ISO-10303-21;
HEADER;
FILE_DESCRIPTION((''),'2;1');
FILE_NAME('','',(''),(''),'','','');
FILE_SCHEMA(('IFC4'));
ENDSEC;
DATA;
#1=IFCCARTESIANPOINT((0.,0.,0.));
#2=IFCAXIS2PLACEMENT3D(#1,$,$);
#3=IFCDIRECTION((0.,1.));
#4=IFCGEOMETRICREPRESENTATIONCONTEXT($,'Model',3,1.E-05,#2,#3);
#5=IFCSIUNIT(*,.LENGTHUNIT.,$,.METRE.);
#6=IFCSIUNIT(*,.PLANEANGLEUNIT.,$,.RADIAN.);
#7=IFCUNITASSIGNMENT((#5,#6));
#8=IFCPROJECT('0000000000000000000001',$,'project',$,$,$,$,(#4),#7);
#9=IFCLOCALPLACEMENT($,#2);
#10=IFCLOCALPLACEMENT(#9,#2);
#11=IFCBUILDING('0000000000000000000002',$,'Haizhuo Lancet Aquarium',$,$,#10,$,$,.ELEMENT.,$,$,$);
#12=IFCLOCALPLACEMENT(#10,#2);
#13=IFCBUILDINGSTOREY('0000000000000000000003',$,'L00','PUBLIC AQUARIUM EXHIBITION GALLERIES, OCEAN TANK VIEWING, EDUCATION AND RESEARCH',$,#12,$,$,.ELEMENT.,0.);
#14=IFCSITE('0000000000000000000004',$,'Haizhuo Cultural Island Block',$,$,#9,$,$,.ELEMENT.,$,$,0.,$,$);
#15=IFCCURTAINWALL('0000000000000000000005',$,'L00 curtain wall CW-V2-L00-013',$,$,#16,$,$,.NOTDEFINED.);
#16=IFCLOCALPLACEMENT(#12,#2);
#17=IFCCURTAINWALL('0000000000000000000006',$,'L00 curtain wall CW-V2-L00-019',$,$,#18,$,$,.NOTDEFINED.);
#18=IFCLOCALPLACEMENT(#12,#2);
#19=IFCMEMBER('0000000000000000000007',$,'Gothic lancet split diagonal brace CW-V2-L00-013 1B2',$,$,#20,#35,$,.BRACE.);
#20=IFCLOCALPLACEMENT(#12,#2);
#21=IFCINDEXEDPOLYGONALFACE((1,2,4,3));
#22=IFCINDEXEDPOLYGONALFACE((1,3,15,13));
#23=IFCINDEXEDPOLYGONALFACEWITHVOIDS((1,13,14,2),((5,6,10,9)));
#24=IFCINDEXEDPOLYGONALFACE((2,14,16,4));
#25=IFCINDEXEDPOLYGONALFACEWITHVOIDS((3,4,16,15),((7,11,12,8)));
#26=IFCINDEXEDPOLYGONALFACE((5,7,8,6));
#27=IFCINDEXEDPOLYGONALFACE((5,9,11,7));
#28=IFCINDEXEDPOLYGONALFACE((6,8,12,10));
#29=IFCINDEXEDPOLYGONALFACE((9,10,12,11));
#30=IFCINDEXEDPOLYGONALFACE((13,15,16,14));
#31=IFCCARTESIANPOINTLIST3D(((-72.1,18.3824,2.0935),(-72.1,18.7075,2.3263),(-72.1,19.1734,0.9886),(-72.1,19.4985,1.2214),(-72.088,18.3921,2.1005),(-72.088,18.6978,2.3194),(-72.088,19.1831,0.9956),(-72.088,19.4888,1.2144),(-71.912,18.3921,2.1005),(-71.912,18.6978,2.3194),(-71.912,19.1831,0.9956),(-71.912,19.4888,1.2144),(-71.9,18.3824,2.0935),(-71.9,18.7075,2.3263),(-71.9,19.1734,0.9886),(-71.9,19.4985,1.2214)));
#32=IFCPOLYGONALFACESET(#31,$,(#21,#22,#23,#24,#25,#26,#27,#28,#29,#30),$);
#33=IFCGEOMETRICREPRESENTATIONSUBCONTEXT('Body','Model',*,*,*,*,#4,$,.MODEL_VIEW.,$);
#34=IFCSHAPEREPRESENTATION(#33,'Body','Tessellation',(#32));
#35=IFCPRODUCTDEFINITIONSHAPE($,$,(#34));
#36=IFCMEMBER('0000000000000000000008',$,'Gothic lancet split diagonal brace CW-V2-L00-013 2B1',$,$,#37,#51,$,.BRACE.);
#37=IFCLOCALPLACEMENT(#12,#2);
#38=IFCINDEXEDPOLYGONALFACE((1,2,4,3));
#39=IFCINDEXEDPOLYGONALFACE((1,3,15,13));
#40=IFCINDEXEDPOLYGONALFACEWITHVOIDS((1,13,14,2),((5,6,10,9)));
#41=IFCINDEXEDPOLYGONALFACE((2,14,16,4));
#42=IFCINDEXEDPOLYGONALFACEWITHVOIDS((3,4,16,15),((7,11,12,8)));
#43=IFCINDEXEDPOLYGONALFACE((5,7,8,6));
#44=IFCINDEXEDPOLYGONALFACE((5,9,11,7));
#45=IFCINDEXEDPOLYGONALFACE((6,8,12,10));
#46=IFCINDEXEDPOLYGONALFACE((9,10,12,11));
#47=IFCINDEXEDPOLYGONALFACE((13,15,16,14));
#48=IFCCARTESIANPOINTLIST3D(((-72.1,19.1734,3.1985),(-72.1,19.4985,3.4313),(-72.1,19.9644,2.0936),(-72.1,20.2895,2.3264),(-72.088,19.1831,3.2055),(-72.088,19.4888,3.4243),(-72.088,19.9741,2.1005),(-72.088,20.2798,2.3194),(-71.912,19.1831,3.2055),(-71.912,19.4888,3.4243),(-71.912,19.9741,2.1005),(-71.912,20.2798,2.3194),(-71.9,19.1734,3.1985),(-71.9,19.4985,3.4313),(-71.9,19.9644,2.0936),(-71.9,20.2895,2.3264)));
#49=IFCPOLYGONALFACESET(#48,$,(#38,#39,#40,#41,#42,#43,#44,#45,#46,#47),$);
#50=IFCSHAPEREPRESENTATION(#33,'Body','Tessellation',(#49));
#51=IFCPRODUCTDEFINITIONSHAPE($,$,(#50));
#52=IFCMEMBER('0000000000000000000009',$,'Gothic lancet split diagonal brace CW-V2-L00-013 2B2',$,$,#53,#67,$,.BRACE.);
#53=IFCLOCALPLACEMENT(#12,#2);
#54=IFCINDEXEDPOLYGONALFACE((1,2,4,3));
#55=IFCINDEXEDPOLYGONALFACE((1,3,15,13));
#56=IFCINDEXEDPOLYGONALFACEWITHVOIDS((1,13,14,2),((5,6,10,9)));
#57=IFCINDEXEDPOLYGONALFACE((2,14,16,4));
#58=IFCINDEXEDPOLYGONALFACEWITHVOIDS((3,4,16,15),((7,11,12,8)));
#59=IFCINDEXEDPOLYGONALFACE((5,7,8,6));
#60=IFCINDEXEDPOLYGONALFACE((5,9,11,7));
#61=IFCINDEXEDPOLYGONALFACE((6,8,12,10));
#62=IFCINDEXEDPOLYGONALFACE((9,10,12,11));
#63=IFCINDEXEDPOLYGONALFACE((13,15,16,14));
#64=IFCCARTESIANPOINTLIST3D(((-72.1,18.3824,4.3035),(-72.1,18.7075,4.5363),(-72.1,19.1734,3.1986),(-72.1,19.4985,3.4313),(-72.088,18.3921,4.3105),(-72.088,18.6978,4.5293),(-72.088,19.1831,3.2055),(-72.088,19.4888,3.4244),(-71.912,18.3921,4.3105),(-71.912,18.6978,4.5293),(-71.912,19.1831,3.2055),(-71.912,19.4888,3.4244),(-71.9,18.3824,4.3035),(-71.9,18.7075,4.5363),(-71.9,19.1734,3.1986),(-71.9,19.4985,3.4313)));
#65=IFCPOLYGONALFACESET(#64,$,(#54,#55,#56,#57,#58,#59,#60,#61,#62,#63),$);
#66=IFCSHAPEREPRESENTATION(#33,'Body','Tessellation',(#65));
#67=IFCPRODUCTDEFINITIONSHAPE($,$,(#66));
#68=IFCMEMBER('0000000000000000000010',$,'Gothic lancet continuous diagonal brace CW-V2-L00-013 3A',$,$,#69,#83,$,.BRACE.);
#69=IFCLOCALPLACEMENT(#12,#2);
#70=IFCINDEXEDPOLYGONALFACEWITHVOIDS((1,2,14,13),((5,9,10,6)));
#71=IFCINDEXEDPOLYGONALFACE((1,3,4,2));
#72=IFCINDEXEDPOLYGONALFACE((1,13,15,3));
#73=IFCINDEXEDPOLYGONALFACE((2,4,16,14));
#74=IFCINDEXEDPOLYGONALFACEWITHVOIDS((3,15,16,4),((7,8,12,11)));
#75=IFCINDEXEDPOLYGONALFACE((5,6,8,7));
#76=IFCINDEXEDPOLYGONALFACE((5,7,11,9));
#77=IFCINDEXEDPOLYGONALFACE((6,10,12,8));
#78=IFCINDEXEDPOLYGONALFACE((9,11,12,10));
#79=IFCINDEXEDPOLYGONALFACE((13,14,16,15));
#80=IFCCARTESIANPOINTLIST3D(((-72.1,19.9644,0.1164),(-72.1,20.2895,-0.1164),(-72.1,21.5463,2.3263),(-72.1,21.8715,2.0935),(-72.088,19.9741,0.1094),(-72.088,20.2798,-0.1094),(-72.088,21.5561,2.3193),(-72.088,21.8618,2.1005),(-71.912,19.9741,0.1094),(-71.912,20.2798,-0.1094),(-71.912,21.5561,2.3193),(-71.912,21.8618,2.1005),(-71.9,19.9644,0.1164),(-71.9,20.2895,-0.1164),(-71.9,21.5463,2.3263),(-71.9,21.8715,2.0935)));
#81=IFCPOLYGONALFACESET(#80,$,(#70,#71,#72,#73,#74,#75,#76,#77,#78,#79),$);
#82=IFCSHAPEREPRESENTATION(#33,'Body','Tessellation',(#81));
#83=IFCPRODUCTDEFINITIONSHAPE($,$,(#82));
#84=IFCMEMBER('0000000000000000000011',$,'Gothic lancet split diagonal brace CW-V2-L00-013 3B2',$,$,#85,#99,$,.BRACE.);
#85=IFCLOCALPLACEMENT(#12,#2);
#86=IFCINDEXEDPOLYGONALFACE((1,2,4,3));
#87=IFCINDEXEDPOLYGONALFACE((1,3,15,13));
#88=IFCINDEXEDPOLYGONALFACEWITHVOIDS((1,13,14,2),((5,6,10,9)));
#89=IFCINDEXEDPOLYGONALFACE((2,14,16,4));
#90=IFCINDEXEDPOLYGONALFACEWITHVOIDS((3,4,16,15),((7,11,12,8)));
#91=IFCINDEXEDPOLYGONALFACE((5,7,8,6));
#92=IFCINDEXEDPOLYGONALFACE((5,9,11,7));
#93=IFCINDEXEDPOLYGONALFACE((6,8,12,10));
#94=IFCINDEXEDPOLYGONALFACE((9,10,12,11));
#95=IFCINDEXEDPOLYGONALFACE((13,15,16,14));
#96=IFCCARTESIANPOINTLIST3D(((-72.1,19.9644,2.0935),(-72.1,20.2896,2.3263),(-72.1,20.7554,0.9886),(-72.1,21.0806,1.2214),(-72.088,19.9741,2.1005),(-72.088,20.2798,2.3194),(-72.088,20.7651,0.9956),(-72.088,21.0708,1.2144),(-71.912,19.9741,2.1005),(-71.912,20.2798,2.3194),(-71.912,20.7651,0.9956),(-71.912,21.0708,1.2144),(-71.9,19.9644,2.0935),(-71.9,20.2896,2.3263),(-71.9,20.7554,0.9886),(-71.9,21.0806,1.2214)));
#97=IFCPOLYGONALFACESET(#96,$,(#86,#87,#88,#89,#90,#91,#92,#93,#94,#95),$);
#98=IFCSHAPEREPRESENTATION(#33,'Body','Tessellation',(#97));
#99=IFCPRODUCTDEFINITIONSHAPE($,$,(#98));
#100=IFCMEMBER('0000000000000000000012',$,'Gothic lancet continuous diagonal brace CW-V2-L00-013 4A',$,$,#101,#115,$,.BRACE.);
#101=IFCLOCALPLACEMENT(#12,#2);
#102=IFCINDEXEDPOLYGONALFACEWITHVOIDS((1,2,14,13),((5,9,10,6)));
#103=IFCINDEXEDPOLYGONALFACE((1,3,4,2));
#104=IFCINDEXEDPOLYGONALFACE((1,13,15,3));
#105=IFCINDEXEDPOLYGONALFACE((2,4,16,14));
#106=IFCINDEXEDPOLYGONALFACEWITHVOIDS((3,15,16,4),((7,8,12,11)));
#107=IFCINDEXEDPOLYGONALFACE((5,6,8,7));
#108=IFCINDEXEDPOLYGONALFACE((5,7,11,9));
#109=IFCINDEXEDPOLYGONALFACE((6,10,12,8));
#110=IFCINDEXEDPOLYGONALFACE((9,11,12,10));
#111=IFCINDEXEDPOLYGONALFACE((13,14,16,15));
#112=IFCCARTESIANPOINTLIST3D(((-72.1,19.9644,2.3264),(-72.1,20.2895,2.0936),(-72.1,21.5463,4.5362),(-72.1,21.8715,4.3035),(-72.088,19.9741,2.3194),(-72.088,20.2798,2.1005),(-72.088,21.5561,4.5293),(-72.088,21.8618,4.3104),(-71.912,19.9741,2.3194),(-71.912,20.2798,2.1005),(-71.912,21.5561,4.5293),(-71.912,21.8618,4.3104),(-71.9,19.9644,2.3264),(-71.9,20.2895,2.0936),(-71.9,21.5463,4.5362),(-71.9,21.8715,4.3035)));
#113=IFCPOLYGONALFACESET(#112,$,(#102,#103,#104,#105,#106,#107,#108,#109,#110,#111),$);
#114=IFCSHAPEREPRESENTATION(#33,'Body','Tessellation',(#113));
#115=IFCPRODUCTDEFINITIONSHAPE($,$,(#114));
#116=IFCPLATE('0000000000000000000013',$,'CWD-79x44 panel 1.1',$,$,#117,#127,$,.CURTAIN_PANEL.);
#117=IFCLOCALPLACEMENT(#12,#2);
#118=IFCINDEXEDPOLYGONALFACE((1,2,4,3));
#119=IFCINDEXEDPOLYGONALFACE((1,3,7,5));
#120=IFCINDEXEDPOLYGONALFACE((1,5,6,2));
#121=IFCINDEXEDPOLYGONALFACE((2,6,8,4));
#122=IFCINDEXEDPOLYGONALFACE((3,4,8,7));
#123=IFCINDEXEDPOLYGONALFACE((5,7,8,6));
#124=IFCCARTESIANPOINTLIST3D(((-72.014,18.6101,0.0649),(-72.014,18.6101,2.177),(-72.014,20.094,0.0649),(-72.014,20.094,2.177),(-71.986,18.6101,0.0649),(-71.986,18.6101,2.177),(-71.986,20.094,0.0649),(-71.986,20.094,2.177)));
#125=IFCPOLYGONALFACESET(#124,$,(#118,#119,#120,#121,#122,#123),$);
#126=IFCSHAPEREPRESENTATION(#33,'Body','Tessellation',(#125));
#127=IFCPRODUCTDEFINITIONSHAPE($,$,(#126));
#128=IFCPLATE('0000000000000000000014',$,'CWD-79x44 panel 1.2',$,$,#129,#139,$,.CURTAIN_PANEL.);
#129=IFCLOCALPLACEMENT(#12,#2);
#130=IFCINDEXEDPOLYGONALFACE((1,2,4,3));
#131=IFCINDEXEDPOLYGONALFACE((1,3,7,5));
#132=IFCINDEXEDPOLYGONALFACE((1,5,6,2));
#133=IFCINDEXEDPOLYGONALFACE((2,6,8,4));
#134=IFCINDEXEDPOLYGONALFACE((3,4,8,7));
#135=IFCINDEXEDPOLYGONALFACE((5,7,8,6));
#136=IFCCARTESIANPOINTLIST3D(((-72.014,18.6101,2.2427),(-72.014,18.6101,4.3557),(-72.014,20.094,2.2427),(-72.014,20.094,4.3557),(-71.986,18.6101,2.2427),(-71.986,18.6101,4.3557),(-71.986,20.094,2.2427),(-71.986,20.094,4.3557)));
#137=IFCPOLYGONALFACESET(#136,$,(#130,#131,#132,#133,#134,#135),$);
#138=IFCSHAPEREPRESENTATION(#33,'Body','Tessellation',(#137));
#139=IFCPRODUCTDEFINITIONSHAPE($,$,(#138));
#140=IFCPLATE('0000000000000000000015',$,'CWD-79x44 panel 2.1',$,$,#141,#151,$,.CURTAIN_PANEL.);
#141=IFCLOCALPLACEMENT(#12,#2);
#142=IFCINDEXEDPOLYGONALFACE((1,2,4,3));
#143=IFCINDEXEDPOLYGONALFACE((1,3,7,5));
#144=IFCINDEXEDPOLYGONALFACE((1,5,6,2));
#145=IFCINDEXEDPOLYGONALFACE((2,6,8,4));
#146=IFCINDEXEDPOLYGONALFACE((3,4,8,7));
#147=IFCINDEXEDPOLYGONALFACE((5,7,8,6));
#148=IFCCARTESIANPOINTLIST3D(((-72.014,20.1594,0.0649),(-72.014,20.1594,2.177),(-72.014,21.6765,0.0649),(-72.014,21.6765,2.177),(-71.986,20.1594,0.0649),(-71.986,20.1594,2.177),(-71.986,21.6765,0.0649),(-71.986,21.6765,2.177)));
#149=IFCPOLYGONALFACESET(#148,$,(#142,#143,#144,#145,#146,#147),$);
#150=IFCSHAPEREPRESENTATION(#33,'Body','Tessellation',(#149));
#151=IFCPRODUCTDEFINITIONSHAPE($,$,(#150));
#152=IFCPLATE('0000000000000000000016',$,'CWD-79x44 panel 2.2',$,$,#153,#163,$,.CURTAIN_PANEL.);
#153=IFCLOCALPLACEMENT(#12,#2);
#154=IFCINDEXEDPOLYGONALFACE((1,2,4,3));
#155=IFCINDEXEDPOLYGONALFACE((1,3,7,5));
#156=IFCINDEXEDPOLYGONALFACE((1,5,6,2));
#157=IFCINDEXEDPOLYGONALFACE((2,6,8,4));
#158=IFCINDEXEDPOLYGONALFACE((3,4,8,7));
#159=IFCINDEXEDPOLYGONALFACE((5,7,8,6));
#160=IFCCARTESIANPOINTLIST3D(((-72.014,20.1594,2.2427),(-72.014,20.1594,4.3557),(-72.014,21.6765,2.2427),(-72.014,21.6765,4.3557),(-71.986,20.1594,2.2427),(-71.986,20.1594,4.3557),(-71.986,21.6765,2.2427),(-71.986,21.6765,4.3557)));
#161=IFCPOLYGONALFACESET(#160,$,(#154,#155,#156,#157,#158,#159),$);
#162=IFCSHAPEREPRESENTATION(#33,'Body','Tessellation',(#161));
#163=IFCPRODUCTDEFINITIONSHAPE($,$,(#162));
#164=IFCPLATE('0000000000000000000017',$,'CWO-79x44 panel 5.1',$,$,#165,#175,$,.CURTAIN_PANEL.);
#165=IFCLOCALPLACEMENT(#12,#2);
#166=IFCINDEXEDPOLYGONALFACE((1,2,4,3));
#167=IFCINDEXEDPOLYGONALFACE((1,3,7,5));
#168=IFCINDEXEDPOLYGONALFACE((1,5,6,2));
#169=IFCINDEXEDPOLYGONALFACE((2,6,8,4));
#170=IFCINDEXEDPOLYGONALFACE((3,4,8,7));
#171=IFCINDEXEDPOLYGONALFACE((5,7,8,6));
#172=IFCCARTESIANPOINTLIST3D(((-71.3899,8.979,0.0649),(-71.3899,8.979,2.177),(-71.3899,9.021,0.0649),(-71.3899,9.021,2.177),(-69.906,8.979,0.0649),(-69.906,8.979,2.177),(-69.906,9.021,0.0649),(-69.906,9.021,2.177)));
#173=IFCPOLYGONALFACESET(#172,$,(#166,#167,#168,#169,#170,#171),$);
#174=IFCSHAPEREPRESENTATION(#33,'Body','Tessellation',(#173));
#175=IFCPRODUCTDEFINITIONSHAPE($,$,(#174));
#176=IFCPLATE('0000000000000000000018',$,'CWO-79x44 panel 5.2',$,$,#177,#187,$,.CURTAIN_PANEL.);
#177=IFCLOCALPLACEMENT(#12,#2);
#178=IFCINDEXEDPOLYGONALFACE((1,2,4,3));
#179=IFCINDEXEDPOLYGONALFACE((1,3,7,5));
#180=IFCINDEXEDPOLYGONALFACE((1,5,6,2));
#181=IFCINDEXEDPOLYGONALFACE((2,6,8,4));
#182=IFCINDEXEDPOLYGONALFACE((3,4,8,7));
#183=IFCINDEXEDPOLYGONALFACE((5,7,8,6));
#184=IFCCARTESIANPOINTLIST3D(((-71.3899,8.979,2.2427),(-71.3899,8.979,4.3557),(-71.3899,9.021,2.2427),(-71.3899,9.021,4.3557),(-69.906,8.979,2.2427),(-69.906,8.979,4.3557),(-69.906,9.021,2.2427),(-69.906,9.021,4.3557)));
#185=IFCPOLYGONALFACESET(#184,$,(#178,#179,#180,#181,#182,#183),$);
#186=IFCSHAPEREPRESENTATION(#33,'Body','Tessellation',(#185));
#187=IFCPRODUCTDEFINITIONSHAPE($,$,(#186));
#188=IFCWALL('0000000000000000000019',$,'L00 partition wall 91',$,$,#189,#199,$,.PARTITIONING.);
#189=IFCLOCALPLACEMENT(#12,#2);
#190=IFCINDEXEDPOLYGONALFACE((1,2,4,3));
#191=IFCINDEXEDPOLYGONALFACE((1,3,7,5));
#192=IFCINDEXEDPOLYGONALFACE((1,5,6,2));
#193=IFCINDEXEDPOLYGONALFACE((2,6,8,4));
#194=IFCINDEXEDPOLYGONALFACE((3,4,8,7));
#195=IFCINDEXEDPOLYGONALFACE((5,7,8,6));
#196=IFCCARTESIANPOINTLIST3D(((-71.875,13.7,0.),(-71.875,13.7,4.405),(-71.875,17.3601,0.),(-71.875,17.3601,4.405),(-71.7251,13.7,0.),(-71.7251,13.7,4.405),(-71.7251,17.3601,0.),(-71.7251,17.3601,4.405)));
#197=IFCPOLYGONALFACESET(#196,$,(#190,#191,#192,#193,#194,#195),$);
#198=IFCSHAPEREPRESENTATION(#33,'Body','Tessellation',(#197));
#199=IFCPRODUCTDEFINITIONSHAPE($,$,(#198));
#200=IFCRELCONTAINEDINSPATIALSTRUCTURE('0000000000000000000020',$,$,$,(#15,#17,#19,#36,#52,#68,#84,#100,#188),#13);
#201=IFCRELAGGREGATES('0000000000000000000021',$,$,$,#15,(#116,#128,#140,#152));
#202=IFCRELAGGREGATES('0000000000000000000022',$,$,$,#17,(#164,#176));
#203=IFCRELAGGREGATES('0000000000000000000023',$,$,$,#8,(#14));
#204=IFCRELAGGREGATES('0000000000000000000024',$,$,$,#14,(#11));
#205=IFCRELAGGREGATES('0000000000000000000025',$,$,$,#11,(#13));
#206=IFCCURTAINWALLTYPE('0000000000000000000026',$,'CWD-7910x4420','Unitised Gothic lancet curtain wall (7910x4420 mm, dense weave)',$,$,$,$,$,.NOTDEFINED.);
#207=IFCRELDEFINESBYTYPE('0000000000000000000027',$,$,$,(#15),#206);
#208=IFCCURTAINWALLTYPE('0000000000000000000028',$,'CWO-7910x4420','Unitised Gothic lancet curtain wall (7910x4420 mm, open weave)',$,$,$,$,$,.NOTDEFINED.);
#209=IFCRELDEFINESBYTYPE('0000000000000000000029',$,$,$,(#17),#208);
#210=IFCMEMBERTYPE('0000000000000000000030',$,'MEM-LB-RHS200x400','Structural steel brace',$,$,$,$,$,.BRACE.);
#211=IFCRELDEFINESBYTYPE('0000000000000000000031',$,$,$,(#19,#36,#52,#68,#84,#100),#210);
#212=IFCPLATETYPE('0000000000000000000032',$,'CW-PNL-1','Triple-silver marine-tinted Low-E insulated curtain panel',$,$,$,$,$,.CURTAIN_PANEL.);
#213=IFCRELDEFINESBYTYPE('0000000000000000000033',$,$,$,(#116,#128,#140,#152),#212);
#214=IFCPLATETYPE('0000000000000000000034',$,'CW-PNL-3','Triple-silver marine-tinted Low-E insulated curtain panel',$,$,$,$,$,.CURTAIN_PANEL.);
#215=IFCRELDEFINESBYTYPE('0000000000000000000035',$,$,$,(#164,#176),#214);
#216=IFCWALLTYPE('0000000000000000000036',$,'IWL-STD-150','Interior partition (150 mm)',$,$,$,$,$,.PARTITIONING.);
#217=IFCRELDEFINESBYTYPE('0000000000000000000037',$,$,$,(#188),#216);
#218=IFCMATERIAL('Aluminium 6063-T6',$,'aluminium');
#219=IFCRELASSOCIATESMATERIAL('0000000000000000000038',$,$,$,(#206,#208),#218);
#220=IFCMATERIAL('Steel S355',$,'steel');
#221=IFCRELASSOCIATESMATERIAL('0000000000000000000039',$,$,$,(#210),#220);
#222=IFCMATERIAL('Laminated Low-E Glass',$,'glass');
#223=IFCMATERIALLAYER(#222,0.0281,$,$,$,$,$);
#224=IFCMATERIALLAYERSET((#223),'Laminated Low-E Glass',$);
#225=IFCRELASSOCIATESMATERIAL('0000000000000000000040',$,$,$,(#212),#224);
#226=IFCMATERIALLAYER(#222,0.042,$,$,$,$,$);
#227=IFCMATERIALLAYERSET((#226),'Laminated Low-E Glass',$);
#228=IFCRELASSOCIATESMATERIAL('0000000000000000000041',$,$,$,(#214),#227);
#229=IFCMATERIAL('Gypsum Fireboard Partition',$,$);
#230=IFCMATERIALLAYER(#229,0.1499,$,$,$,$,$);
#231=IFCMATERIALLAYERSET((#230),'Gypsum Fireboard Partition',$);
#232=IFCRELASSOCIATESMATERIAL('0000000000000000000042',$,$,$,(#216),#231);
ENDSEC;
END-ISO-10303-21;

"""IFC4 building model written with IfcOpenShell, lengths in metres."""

from ifc_helpers import new_model, si_unit, direction, frame, frame_2d, origin, origin_2d, place, context, subcontext, project, spatial, rectangle, hollow_rectangle, extrude, material, layer, layer_set, material_profile, profile_set, type_object, element, aggregate, save


model = new_model("IFC4")

# Units and contexts
model_context = context("Model", 3, precision=1e-05, world=origin(), true_north=direction((0.0, 1.0)))
body_context = subcontext(model_context, "Body", "Model", "MODEL_VIEW")
ifc_project = project(units=[si_unit("LENGTHUNIT", "METRE"), si_unit("PLANEANGLEUNIT", "RADIAN")], contexts=[model_context])

# Site, building, storey
site_placement = place(None, origin())
site = spatial("IfcSite", under=ifc_project, at=site_placement, Name="Haizhuo Cultural Island Block", CompositionType="ELEMENT", RefElevation=0.0)
building_placement = place(site_placement, origin())
building = spatial("IfcBuilding", under=site, at=building_placement, Name="Haizhuo Lancet Aquarium", CompositionType="ELEMENT")
storey_placement = place(building_placement, origin())
storey = spatial("IfcBuildingStorey", under=building, at=storey_placement, Name="L00", Description="PUBLIC AQUARIUM EXHIBITION GALLERIES, OCEAN TANK VIEWING, EDUCATION AND RESEARCH", CompositionType="ELEMENT", Elevation=0.0)

# Curtain wall
ifc_material_1 = material(Name="Aluminium 6063-T6", Category="aluminium")
curtain_wall_type_1 = type_object("IfcCurtainWallType", Name="CWD-7910x4420", Description="Unitised Gothic lancet curtain wall (7910x4420 mm, dense weave)", PredefinedType="NOTDEFINED", material=ifc_material_1)
curtain_wall_1_placement = place(storey_placement, origin())
curtain_wall_1 = element("IfcCurtainWall", 1, at=curtain_wall_1_placement, inside=storey, type_object=curtain_wall_type_1, Name="L00 curtain wall CW-V2-L00-013", PredefinedType="NOTDEFINED")

# Curtain wall
curtain_wall_type_2 = type_object("IfcCurtainWallType", Name="CWO-7910x4420", Description="Unitised Gothic lancet curtain wall (7910x4420 mm, open weave)", PredefinedType="NOTDEFINED", material=ifc_material_1)
curtain_wall_2_placement = place(storey_placement, origin())
curtain_wall_2 = element("IfcCurtainWall", 2, at=curtain_wall_2_placement, inside=storey, type_object=curtain_wall_type_2, Name="L00 curtain wall CW-V2-L00-019", PredefinedType="NOTDEFINED")

# Shared definitions
ifc_material_2 = material(Name="Steel S355", Category="steel")

# Members
ifc_material_profile_1 = material_profile(ifc_material_2, hollow_rectangle(XDim=0.2, YDim=0.3999, WallThickness=0.012, at=origin_2d()), Name="RHS 200x400x12")
ifc_profile_set_1 = profile_set([ifc_material_profile_1], Name="Steel S355")
member_type_1 = type_object("IfcMemberType", Name="MEM-LB-RHS200x400", Description="Structural steel brace", PredefinedType="BRACE", material=ifc_profile_set_1)
for number, where, z_axis, x_axis, name in (
    (3, (-72.0, 19.3359, 1.105), (0.0, -0.582088, 0.813126), (1.0, 0.0, 0.0), "Gothic lancet split diagonal brace CW-V2-L00-013 1B2"),
    (4, (-72.0, 20.127, 2.21), (0.0, -0.582088, 0.813126), (1.0, 0.0, 0.0), "Gothic lancet split diagonal brace CW-V2-L00-013 2B1"),
    (5, (-72.0, 19.3359, 3.3149), (0.0, -0.582088, 0.813126), (1.0, 0.0, 0.0), "Gothic lancet split diagonal brace CW-V2-L00-013 2B2"),
):
    element("IfcMember", number, at=place(storey_placement, frame(where, z_axis=z_axis, x_axis=x_axis)), inside=storey, type_object=member_type_1, Name=name, PredefinedType="BRACE", context=body_context, shape_type="SweptSolid", body=[
        extrude(hollow_rectangle(XDim=0.2, YDim=0.3999, WallThickness=0.012, at=origin_2d()), origin(), (0.0, 0.0, 1.0), 1.3589),
    ])
member_1_placement = place(storey_placement, frame((-72.0, 20.127, 0.0), z_axis=(0.0, 0.582088, 0.813126), x_axis=(-1.0, 0.0, 0.0)))
element("IfcMember", 6, at=member_1_placement, inside=storey, type_object=member_type_1, Name="Gothic lancet continuous diagonal brace CW-V2-L00-013 3A", PredefinedType="BRACE", context=body_context, shape_type="SweptSolid", body=[
    extrude(hollow_rectangle(XDim=0.2, YDim=0.3999, WallThickness=0.012, at=origin_2d()), origin(), (0.0, 0.0, 1.0), 2.7178),
])
member_2_placement = place(storey_placement, frame((-72.0, 20.918, 1.105), z_axis=(0.0, -0.582088, 0.813126), x_axis=(1.0, 0.0, 0.0)))
element("IfcMember", 7, at=member_2_placement, inside=storey, type_object=member_type_1, Name="Gothic lancet split diagonal brace CW-V2-L00-013 3B2", PredefinedType="BRACE", context=body_context, shape_type="SweptSolid", body=[
    extrude(hollow_rectangle(XDim=0.2, YDim=0.3999, WallThickness=0.012, at=origin_2d()), origin(), (0.0, 0.0, 1.0), 1.3589),
])
member_3_placement = place(storey_placement, frame((-72.0, 20.127, 2.21), z_axis=(0.0, 0.582088, 0.813126), x_axis=(-1.0, 0.0, 0.0)))
element("IfcMember", 8, at=member_3_placement, inside=storey, type_object=member_type_1, Name="Gothic lancet continuous diagonal brace CW-V2-L00-013 4A", PredefinedType="BRACE", context=body_context, shape_type="SweptSolid", body=[
    extrude(hollow_rectangle(XDim=0.2, YDim=0.3999, WallThickness=0.012, at=origin_2d()), origin(), (0.0, 0.0, 1.0), 2.7178),
])

# Plates
ifc_material_3 = material(Name="Laminated Low-E Glass", Category="glass")
ifc_layer_1 = layer(ifc_material_3, 0.0281)
ifc_layer_set_1 = layer_set([ifc_layer_1], Name="Laminated Low-E Glass")
plate_type_1 = type_object("IfcPlateType", Name="CW-PNL-1", Description="Triple-silver marine-tinted Low-E insulated curtain panel", PredefinedType="CURTAIN_PANEL", material=ifc_layer_set_1)
plate_1_placement = place(storey_placement, frame((-72.0, 19.3521, 0.0649), z_axis=(0.0, 0.0, 1.0), x_axis=(0.0, 1.0, 0.0)))
plate_1 = element("IfcPlate", 9, at=plate_1_placement, type_object=plate_type_1, Name="CWD-79x44 panel 1.1", PredefinedType="CURTAIN_PANEL", context=body_context, shape_type="SweptSolid", body=[
    extrude(rectangle(XDim=1.4839, YDim=0.0281, at=origin_2d()), origin(), (0.0, 0.0, 1.0), 2.1121),
])
plate_2_placement = place(storey_placement, frame((-72.0, 19.3521, 2.2427), z_axis=(0.0, 0.0, 1.0), x_axis=(0.0, 1.0, 0.0)))
plate_2 = element("IfcPlate", 10, at=plate_2_placement, type_object=plate_type_1, Name="CWD-79x44 panel 1.2", PredefinedType="CURTAIN_PANEL", context=body_context, shape_type="SweptSolid", body=[
    extrude(rectangle(XDim=1.4839, YDim=0.0281, at=origin_2d()), origin(), (0.0, 0.0, 1.0), 2.113),
])
plate_3_placement = place(storey_placement, frame((-72.0, 20.918, 0.0649), z_axis=(0.0, 0.0, 1.0), x_axis=(0.0, 1.0, 0.0)))
plate_3 = element("IfcPlate", 11, at=plate_3_placement, type_object=plate_type_1, Name="CWD-79x44 panel 2.1", PredefinedType="CURTAIN_PANEL", context=body_context, shape_type="SweptSolid", body=[
    extrude(rectangle(XDim=1.5171, YDim=0.0281, at=origin_2d()), origin(), (0.0, 0.0, 1.0), 2.1121),
])
plate_4_placement = place(storey_placement, frame((-72.0, 20.918, 2.2427), z_axis=(0.0, 0.0, 1.0), x_axis=(0.0, 1.0, 0.0)))
plate_4 = element("IfcPlate", 12, at=plate_4_placement, type_object=plate_type_1, Name="CWD-79x44 panel 2.2", PredefinedType="CURTAIN_PANEL", context=body_context, shape_type="SweptSolid", body=[
    extrude(rectangle(XDim=1.5171, YDim=0.0281, at=origin_2d()), origin(), (0.0, 0.0, 1.0), 2.113),
])
aggregate(curtain_wall_1, [plate_1, plate_2, plate_3, plate_4])
ifc_layer_2 = layer(ifc_material_3, 0.042)
ifc_layer_set_2 = layer_set([ifc_layer_2], Name="Laminated Low-E Glass")
plate_type_2 = type_object("IfcPlateType", Name="CW-PNL-3", Description="Triple-silver marine-tinted Low-E insulated curtain panel", PredefinedType="CURTAIN_PANEL", material=ifc_layer_set_2)
plate_5_placement = place(storey_placement, frame((-70.6479, 9.0, 0.0649), z_axis=(0.0, 0.0, 1.0), x_axis=(-1.0, 0.0, 0.0)))
plate_5 = element("IfcPlate", 13, at=plate_5_placement, type_object=plate_type_2, Name="CWO-79x44 panel 5.1", PredefinedType="CURTAIN_PANEL", context=body_context, shape_type="SweptSolid", body=[
    extrude(rectangle(XDim=1.4839, YDim=0.042, at=origin_2d()), origin(), (0.0, 0.0, 1.0), 2.1121),
])
plate_6_placement = place(storey_placement, frame((-70.6479, 9.0, 2.2427), z_axis=(0.0, 0.0, 1.0), x_axis=(-1.0, 0.0, 0.0)))
plate_6 = element("IfcPlate", 14, at=plate_6_placement, type_object=plate_type_2, Name="CWO-79x44 panel 5.2", PredefinedType="CURTAIN_PANEL", context=body_context, shape_type="SweptSolid", body=[
    extrude(rectangle(XDim=1.4839, YDim=0.042, at=origin_2d()), origin(), (0.0, 0.0, 1.0), 2.113),
])
aggregate(curtain_wall_2, [plate_5, plate_6])

# Wall
ifc_material_4 = material(Name="Gypsum Fireboard Partition")
ifc_layer_3 = layer(ifc_material_4, 0.1499)
ifc_layer_set_3 = layer_set([ifc_layer_3], Name="Gypsum Fireboard Partition")
wall_type = type_object("IfcWallType", Name="IWL-STD-150", Description="Interior partition (150 mm)", PredefinedType="PARTITIONING", material=ifc_layer_set_3)
wall_1_placement = place(storey_placement, frame((-71.8, 17.3601, 0.0), z_axis=(0.0, 0.0, 1.0), x_axis=(0.0, -1.0, 0.0)))
element("IfcWall", 15, at=wall_1_placement, inside=storey, type_object=wall_type, Name="L00 partition wall 91", PredefinedType="PARTITIONING", context=body_context, shape_type="SweptSolid", body=[
    extrude(rectangle(XDim=3.6602, YDim=0.1499, at=frame_2d((1.8301, 0.0))), origin(), (0.0, 0.0, 1.0), 4.405),
])

save(model, "model.ifc")
